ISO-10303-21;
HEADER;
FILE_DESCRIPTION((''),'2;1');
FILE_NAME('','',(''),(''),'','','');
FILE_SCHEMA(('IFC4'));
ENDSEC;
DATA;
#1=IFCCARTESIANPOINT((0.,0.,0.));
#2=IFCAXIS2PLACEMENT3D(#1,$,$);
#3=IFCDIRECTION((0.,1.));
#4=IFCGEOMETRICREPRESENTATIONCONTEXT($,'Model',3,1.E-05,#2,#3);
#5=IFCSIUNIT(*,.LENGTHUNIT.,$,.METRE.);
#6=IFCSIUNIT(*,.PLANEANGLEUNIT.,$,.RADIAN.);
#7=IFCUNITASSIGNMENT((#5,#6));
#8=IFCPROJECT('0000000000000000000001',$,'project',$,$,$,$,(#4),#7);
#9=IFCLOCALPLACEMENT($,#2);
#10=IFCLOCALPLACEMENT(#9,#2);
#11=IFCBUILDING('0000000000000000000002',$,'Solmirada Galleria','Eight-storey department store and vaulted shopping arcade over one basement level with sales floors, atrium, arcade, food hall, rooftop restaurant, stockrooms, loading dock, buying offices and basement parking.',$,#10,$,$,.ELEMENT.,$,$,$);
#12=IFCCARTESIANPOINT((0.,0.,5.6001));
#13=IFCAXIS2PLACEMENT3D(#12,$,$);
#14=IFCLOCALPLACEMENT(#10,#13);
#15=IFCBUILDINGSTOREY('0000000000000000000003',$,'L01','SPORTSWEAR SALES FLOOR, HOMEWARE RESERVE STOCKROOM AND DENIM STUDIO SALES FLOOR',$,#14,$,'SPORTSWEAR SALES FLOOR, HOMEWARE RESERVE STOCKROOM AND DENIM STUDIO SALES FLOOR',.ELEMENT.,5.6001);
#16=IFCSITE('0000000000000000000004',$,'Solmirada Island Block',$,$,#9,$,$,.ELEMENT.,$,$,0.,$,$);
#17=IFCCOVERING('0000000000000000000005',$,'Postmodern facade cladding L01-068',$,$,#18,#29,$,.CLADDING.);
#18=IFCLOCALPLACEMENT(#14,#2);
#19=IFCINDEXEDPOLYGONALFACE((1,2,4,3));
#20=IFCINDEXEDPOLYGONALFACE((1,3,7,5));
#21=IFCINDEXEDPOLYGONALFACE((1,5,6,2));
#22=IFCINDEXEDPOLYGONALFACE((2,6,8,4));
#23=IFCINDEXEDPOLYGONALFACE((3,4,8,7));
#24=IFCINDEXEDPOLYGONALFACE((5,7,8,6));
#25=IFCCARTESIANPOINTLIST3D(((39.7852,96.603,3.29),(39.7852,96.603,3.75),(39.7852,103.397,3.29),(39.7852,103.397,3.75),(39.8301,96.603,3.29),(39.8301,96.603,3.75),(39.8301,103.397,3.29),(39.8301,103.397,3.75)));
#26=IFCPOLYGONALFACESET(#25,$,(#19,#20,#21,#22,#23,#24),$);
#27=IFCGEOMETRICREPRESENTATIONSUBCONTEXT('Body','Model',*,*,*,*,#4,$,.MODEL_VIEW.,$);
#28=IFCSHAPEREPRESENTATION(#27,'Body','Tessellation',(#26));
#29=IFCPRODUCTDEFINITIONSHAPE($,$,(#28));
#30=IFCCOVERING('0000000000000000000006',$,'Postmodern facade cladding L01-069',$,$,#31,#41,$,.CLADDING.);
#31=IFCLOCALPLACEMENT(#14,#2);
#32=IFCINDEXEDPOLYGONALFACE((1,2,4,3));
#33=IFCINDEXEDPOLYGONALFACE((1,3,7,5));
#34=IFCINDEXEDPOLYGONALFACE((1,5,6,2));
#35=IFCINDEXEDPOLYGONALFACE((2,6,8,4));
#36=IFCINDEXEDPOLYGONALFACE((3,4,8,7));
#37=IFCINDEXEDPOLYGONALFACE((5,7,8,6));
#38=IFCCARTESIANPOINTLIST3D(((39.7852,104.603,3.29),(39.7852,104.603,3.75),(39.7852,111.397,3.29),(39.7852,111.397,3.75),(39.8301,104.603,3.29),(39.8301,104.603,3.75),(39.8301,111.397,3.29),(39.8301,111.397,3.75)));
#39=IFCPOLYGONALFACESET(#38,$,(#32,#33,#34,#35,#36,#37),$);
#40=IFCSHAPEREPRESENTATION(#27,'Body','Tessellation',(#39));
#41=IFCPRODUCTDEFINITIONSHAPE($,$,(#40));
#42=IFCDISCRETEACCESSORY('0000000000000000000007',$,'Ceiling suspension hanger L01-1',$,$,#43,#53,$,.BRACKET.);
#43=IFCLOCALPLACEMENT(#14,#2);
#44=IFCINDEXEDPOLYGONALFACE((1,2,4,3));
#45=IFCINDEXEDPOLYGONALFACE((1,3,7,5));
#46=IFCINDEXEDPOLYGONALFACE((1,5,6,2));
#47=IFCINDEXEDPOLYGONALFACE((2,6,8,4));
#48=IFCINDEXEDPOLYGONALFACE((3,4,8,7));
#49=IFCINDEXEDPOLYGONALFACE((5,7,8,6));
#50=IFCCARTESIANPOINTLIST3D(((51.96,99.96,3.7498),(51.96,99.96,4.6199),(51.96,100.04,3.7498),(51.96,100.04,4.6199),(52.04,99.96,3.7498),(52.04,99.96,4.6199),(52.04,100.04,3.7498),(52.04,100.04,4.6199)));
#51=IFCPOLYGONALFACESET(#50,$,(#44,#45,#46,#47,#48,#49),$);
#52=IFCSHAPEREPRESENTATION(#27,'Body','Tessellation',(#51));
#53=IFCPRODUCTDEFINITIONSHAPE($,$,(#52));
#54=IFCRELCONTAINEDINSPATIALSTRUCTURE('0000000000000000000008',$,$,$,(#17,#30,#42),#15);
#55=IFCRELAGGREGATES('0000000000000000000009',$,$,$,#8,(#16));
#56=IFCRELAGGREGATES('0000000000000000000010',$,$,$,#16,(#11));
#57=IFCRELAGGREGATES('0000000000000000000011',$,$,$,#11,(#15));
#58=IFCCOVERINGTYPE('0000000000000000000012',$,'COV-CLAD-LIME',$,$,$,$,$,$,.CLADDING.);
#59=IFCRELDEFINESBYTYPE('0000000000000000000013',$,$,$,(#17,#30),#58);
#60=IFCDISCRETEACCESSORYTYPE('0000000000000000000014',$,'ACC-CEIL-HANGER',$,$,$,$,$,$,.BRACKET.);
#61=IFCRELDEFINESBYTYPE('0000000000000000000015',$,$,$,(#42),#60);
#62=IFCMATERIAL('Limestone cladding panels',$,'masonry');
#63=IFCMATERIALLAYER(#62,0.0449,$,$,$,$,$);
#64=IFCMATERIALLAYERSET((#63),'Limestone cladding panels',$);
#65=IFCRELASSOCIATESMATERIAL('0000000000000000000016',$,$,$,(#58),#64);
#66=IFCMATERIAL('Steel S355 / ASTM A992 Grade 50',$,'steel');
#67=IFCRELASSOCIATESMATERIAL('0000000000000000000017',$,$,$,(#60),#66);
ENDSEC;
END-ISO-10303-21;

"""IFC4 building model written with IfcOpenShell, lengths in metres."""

from ifc_helpers import new_model, si_unit, direction, frame, origin, origin_2d, place, context, subcontext, project, spatial, rectangle, extrude, material, layer, layer_set, type_object, element, save


model = new_model("IFC4")

# Units and contexts
model_context = context("Model", 3, precision=1e-05, world=origin(), true_north=direction((0.0, 1.0)))
body_context = subcontext(model_context, "Body", "Model", "MODEL_VIEW")
ifc_project = project(units=[si_unit("LENGTHUNIT", "METRE"), si_unit("PLANEANGLEUNIT", "RADIAN")], contexts=[model_context])

# Site, building, storey
site_placement = place(None, origin())
site = spatial("IfcSite", under=ifc_project, at=site_placement, Name="Solmirada Island Block", CompositionType="ELEMENT", RefElevation=0.0)
building_placement = place(site_placement, origin())
building = spatial("IfcBuilding", under=site, at=building_placement, Name="Solmirada Galleria", Description="Eight-storey department store and vaulted shopping arcade over one basement level with sales floors, atrium, arcade, food hall, rooftop restaurant, stockrooms, loading dock, buying offices and basement parking.", CompositionType="ELEMENT")
storey_placement = place(building_placement, frame((0.0, 0.0, 5.6001)))
storey = spatial("IfcBuildingStorey", under=building, at=storey_placement, Name="L01", Description="SPORTSWEAR SALES FLOOR, HOMEWARE RESERVE STOCKROOM AND DENIM STUDIO SALES FLOOR", LongName="SPORTSWEAR SALES FLOOR, HOMEWARE RESERVE STOCKROOM AND DENIM STUDIO SALES FLOOR", CompositionType="ELEMENT", Elevation=5.6001)

# Shared definitions
ifc_material_1 = material(Name="Steel S355 / ASTM A992 Grade 50", Category="steel")

# Coverings
ifc_material_2 = material(Name="Limestone cladding panels", Category="masonry")
ifc_layer_1 = layer(ifc_material_2, 0.0449)
ifc_layer_set_1 = layer_set([ifc_layer_1], Name="Limestone cladding panels")
covering_type = type_object("IfcCoveringType", Name="COV-CLAD-LIME", PredefinedType="CLADDING", material=ifc_layer_set_1)
for number, where, z_axis, x_axis, name in (
    (1, (39.8076, 100.0, 3.29), (0.0, 0.0, 1.0), (0.0, 1.0, 0.0), "Postmodern facade cladding L01-068"),
    (2, (39.8076, 108.0, 3.29), (0.0, 0.0, 1.0), (0.0, 1.0, 0.0), "Postmodern facade cladding L01-069"),
):
    element("IfcCovering", number, at=place(storey_placement, frame(where, z_axis=z_axis, x_axis=x_axis)), inside=storey, type_object=covering_type, Name=name, PredefinedType="CLADDING", context=body_context, shape_type="SweptSolid", body=[
        extrude(rectangle(XDim=6.7939, YDim=0.0449, at=origin_2d()), origin(), (0.0, 0.0, 1.0), 0.46),
    ])

# Discrete accessory
discrete_accessory_type = type_object("IfcDiscreteAccessoryType", Name="ACC-CEIL-HANGER", PredefinedType="BRACKET", material=ifc_material_1)
discrete_accessory_placement = place(storey_placement, frame((52.0, 100.0, 3.7498), z_axis=(0.0, 0.0, 1.0), x_axis=(1.0, 0.0, 0.0)))
element("IfcDiscreteAccessory", 3, at=discrete_accessory_placement, inside=storey, type_object=discrete_accessory_type, Name="Ceiling suspension hanger L01-1", PredefinedType="BRACKET", context=body_context, shape_type="SweptSolid", body=[
    extrude(rectangle(XDim=0.0801, YDim=0.0801, at=origin_2d()), origin(), (0.0, 0.0, 1.0), 0.8701),
])

save(model, "model.ifc")
